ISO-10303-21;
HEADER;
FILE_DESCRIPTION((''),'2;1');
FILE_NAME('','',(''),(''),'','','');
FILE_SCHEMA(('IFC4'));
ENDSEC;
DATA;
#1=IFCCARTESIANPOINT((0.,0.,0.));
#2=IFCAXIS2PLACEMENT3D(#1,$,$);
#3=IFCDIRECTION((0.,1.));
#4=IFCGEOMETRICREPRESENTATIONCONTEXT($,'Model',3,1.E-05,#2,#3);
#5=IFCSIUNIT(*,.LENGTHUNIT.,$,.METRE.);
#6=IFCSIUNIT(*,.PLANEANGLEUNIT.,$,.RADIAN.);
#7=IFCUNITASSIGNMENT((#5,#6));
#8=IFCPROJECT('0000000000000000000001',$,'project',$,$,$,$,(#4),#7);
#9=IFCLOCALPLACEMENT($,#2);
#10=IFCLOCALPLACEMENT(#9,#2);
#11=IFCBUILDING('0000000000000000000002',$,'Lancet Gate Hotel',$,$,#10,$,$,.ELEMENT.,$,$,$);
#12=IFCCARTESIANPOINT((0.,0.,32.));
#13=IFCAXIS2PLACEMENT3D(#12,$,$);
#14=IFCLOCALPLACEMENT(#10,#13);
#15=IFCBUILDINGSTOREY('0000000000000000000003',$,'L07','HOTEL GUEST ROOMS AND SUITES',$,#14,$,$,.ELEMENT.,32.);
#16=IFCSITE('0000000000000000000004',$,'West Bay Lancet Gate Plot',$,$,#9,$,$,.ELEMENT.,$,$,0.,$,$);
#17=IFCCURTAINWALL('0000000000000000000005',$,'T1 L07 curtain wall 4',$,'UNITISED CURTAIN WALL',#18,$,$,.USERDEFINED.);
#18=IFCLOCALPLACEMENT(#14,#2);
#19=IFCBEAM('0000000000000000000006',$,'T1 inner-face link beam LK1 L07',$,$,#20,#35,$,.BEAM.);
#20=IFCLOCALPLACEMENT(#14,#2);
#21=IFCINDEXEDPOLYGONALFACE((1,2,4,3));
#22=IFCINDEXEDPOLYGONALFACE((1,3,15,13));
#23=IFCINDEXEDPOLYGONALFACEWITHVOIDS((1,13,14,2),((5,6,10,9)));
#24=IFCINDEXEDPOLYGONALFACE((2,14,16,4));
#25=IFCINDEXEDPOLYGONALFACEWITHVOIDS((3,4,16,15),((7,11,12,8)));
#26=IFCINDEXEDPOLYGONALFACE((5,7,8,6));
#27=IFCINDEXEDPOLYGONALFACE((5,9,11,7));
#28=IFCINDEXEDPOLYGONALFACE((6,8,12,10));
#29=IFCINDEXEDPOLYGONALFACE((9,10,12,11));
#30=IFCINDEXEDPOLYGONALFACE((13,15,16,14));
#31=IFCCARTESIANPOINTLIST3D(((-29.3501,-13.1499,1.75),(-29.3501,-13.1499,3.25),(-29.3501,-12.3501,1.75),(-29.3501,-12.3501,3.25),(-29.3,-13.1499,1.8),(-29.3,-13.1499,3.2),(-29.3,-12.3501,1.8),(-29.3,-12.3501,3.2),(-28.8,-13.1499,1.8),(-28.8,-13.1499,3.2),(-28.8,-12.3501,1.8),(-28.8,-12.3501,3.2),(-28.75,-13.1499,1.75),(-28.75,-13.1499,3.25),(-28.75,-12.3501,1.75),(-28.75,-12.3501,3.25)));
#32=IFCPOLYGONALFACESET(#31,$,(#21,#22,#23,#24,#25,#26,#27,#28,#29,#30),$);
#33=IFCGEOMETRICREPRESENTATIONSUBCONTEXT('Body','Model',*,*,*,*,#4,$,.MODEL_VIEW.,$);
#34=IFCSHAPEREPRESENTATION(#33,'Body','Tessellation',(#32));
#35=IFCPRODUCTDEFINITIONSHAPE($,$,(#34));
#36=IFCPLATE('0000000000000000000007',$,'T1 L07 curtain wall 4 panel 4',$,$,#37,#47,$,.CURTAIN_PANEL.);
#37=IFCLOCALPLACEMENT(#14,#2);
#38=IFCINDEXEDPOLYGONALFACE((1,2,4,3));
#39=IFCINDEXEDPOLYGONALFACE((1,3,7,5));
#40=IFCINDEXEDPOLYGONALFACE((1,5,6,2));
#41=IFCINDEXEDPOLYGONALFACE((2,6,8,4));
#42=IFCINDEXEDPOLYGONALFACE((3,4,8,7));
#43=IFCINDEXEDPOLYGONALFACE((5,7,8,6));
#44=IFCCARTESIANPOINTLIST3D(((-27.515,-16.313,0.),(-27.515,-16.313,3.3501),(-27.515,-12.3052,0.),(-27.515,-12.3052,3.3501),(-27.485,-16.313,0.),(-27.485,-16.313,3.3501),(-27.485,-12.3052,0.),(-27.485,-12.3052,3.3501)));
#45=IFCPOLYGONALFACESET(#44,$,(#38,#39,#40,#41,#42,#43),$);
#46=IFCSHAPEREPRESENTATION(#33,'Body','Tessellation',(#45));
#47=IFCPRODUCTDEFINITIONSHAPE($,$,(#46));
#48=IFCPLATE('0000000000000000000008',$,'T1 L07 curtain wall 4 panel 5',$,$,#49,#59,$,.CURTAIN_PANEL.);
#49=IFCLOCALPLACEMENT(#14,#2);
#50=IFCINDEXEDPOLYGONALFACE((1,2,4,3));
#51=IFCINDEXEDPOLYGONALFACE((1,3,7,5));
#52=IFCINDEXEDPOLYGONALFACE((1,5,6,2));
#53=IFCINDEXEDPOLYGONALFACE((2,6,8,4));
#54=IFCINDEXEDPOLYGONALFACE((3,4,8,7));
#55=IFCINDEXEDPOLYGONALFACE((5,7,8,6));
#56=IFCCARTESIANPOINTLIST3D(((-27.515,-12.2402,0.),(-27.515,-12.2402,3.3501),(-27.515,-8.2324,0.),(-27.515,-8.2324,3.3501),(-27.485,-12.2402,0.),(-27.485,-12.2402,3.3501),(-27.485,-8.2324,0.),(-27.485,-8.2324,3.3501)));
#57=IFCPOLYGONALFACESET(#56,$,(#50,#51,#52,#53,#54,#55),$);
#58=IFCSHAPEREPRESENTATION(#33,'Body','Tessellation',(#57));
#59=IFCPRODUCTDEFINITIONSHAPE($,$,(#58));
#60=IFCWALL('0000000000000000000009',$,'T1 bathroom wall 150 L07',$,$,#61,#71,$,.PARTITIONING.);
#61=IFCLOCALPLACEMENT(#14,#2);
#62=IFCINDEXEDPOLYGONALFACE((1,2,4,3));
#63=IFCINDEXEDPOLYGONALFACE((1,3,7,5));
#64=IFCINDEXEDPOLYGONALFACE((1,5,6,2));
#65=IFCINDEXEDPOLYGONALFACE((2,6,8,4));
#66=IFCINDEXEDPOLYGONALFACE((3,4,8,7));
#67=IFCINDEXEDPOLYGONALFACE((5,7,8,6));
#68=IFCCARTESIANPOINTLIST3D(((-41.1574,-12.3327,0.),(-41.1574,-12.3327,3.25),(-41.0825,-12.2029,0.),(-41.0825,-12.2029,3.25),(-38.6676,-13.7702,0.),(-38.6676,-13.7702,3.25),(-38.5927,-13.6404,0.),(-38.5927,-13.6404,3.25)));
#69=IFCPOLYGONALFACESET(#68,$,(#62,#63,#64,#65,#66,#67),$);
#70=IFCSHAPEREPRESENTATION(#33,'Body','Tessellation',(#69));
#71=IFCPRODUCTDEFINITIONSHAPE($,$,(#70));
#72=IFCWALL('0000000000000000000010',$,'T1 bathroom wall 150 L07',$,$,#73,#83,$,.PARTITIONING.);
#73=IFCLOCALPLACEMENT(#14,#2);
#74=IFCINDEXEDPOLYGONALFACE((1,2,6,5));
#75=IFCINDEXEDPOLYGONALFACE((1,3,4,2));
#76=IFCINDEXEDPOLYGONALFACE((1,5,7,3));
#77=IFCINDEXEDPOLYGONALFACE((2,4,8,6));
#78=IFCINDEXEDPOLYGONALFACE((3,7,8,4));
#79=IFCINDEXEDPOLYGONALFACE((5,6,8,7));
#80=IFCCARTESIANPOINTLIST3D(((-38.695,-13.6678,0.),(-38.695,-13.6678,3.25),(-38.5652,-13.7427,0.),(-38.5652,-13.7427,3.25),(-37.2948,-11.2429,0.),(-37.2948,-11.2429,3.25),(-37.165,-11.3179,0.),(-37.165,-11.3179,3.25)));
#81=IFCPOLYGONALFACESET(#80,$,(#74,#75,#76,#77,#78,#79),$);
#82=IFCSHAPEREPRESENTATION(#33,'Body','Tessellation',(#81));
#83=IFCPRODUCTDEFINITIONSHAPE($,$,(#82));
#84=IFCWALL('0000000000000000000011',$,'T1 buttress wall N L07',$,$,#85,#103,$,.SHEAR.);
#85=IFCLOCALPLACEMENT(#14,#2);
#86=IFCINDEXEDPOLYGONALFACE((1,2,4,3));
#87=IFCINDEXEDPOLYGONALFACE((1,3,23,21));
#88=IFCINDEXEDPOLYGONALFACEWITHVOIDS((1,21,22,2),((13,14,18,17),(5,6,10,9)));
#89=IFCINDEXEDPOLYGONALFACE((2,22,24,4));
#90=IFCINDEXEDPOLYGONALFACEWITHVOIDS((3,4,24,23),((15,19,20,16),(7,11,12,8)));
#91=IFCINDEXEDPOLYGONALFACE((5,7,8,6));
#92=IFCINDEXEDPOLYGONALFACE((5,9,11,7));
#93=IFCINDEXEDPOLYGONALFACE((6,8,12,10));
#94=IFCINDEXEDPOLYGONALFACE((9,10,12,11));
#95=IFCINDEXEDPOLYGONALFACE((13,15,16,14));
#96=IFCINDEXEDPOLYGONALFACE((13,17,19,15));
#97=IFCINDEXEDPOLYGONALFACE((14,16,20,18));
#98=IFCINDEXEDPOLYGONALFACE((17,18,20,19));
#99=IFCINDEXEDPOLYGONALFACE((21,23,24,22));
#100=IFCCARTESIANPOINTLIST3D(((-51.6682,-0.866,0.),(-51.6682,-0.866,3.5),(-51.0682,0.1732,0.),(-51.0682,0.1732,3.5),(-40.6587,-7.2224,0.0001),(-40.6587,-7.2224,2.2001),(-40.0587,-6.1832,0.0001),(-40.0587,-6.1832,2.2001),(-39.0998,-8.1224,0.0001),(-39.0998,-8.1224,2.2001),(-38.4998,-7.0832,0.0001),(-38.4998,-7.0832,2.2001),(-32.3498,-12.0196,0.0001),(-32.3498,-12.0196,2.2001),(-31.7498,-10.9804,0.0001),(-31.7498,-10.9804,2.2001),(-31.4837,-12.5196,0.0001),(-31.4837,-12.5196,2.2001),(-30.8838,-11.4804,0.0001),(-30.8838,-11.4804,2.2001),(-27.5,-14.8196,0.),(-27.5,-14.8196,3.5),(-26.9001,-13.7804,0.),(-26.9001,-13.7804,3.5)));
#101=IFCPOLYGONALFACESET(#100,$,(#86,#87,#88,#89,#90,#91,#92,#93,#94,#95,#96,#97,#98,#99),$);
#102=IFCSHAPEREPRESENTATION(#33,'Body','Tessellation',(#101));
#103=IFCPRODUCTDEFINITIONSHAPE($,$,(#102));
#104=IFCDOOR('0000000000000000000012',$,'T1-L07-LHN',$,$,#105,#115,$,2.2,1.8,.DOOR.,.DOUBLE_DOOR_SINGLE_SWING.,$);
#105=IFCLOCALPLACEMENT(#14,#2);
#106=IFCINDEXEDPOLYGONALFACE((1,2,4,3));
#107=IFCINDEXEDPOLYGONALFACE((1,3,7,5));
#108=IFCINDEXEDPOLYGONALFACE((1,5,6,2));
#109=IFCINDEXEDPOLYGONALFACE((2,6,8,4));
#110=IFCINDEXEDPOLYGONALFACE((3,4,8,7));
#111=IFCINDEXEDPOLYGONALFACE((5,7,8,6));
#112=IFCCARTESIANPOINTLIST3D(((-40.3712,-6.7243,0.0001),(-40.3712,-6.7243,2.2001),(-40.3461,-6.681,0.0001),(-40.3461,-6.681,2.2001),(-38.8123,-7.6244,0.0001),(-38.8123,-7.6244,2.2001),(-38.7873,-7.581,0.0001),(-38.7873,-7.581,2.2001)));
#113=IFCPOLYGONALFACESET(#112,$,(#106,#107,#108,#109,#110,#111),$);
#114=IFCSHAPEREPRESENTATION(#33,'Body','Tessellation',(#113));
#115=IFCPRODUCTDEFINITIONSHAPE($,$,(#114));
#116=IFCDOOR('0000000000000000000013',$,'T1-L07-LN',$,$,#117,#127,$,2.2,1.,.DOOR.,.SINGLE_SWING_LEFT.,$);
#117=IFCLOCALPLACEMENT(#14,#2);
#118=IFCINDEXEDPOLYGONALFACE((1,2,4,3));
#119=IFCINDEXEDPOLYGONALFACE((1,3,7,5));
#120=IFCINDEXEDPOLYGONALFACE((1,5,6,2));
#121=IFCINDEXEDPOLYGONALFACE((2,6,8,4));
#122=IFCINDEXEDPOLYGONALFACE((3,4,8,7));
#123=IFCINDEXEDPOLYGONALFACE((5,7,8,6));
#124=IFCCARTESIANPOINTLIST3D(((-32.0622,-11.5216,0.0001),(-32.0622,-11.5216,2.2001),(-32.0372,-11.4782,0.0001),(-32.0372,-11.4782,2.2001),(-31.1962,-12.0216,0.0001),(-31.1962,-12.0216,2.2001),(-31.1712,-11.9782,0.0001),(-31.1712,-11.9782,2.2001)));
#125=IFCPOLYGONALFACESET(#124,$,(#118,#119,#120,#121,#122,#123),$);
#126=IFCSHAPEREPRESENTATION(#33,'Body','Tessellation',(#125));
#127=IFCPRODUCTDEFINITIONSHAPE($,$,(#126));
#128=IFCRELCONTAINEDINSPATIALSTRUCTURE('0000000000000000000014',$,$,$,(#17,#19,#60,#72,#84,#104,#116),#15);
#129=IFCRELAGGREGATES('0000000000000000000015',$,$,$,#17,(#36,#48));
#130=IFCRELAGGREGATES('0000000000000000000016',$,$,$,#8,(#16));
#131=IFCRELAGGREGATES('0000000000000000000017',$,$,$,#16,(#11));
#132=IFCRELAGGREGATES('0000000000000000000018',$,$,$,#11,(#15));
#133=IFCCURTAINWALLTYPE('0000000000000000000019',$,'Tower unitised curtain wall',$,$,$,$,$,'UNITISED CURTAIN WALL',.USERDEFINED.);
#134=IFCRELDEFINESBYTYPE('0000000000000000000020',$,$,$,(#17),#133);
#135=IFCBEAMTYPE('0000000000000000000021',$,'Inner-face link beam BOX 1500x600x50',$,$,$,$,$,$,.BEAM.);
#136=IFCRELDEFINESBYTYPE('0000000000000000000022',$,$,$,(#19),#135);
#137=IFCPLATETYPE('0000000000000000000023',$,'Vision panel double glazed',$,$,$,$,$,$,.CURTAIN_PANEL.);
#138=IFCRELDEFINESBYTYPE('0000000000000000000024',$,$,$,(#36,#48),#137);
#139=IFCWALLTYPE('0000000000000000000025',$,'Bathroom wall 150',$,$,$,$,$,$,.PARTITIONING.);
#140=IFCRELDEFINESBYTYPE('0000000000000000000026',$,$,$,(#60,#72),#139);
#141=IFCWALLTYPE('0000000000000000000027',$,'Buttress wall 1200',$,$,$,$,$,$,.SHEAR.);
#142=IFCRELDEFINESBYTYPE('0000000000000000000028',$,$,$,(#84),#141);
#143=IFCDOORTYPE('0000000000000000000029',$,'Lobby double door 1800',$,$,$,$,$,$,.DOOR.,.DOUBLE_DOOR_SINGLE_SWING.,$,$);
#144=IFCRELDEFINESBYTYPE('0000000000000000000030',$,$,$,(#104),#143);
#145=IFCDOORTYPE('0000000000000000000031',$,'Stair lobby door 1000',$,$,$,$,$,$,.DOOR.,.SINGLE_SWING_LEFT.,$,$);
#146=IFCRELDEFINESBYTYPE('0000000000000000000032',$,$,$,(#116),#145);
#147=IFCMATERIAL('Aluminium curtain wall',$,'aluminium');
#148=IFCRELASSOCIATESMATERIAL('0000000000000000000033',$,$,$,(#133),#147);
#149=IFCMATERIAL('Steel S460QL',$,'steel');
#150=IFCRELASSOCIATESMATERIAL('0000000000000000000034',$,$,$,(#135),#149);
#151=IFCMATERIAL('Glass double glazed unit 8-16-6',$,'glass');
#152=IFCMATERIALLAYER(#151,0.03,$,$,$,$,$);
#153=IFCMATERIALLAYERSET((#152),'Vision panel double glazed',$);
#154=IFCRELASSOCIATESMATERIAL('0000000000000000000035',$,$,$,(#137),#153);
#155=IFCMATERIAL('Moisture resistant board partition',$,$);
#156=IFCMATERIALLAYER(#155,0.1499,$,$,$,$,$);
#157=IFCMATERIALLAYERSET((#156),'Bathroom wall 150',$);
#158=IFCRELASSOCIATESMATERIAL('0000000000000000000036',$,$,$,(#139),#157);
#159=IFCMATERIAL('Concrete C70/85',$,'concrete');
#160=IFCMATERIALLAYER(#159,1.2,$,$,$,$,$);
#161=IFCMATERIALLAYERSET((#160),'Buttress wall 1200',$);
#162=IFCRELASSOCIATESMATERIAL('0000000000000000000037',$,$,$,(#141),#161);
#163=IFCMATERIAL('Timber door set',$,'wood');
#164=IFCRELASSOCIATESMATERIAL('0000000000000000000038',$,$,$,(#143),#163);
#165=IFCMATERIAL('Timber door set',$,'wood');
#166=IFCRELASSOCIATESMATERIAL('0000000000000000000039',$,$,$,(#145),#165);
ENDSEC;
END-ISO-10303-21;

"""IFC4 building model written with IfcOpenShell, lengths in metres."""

from ifc_helpers import new_model, si_unit, direction, frame, frame_2d, origin, origin_2d, place, context, subcontext, project, spatial, rectangle, hollow_rectangle, extrude, material, layer, layer_set, material_profile, profile_set, type_object, element, fill, aggregate, save


model = new_model("IFC4")

# Units and contexts
model_context = context("Model", 3, precision=1e-05, world=origin(), true_north=direction((0.0, 1.0)))
body_context = subcontext(model_context, "Body", "Model", "MODEL_VIEW")
ifc_project = project(units=[si_unit("LENGTHUNIT", "METRE"), si_unit("PLANEANGLEUNIT", "RADIAN")], contexts=[model_context])

# Site, building, storey
site_placement = place(None, origin())
site = spatial("IfcSite", under=ifc_project, at=site_placement, Name="West Bay Lancet Gate Plot", CompositionType="ELEMENT", RefElevation=0.0)
building_placement = place(site_placement, origin())
building = spatial("IfcBuilding", under=site, at=building_placement, Name="Lancet Gate Hotel", CompositionType="ELEMENT")
storey_placement = place(building_placement, frame((0.0, 0.0, 32.0)))
storey = spatial("IfcBuildingStorey", under=building, at=storey_placement, Name="L07", Description="HOTEL GUEST ROOMS AND SUITES", CompositionType="ELEMENT", Elevation=32.0)

# Curtain wall
ifc_material_1 = material(Name="Aluminium curtain wall", Category="aluminium")
curtain_wall_type = type_object("IfcCurtainWallType", Name="Tower unitised curtain wall", ElementType="UNITISED CURTAIN WALL", PredefinedType="USERDEFINED", material=ifc_material_1)
curtain_wall_placement = place(storey_placement, origin())
curtain_wall = element("IfcCurtainWall", 1, at=curtain_wall_placement, inside=storey, type_object=curtain_wall_type, Name="T1 L07 curtain wall 4", ObjectType="UNITISED CURTAIN WALL", PredefinedType="USERDEFINED")

# Beam
ifc_material_2 = material(Name="Steel S460QL", Category="steel")
ifc_material_profile_1 = material_profile(ifc_material_2, hollow_rectangle(XDim=0.6001, YDim=1.5, WallThickness=0.05, at=origin_2d()), Name="BOX 1500x600x50")
ifc_profile_set_1 = profile_set([ifc_material_profile_1], Name="Steel S460QL")
beam_type_1 = type_object("IfcBeamType", Name="Inner-face link beam BOX 1500x600x50", PredefinedType="BEAM", material=ifc_profile_set_1)
beam_1_placement = place(storey_placement, frame((-29.05, -12.3501, 2.5), z_axis=(0.0, -1.0, 0.0), x_axis=(1.0, 0.0, 0.0)))
element("IfcBeam", 2, at=beam_1_placement, inside=storey, type_object=beam_type_1, Name="T1 inner-face link beam LK1 L07", PredefinedType="BEAM", context=body_context, shape_type="SweptSolid", body=[
    extrude(hollow_rectangle(XDim=0.6001, YDim=1.5, WallThickness=0.05, at=origin_2d()), origin(), (0.0, 0.0, 1.0), 0.7998),
])

# Plates
ifc_material_3 = material(Name="Glass double glazed unit 8-16-6", Category="glass")
ifc_layer_1 = layer(ifc_material_3, 0.03)
ifc_layer_set_1 = layer_set([ifc_layer_1], Name="Vision panel double glazed")
plate_type = type_object("IfcPlateType", Name="Vision panel double glazed", PredefinedType="CURTAIN_PANEL", material=ifc_layer_set_1)
plate_1_placement = place(storey_placement, frame((-27.5, -14.3091, 0.0), z_axis=(0.0, 0.0, 1.0), x_axis=(0.0, 1.0, 0.0)))
plate_1 = element("IfcPlate", 3, at=plate_1_placement, type_object=plate_type, Name="T1 L07 curtain wall 4 panel 4", PredefinedType="CURTAIN_PANEL", context=body_context, shape_type="SweptSolid", body=[
    extrude(rectangle(XDim=4.0078, YDim=0.03, at=origin_2d()), origin(), (0.0, 0.0, 1.0), 3.3501),
])
plate_2_placement = place(storey_placement, frame((-27.5, -10.2363, 0.0), z_axis=(0.0, 0.0, 1.0), x_axis=(0.0, 1.0, 0.0)))
plate_2 = element("IfcPlate", 4, at=plate_2_placement, type_object=plate_type, Name="T1 L07 curtain wall 4 panel 5", PredefinedType="CURTAIN_PANEL", context=body_context, shape_type="SweptSolid", body=[
    extrude(rectangle(XDim=4.0078, YDim=0.03, at=origin_2d()), origin(), (0.0, 0.0, 1.0), 3.3501),
])
aggregate(curtain_wall, [plate_1, plate_2])

# Walls
ifc_material_4 = material(Name="Moisture resistant board partition")
ifc_layer_2 = layer(ifc_material_4, 0.1499)
ifc_layer_set_2 = layer_set([ifc_layer_2], Name="Bathroom wall 150")
wall_type_1 = type_object("IfcWallType", Name="Bathroom wall 150", PredefinedType="PARTITIONING", material=ifc_layer_set_2)
wall_1_placement = place(storey_placement, frame((-38.6301, -13.7053, 0.0), z_axis=(0.0, 0.0, 1.0), x_axis=(-0.866019, 0.500012, 0.0)))
element("IfcWall", 5, at=wall_1_placement, inside=storey, type_object=wall_type_1, Name="T1 bathroom wall 150 L07", PredefinedType="PARTITIONING", context=body_context, shape_type="SweptSolid", body=[
    extrude(rectangle(XDim=2.875, YDim=0.1499, at=frame_2d((1.4375, 0.0))), origin(), (0.0, 0.0, 1.0), 3.25),
])
wall_2_placement = place(storey_placement, frame((-37.23, -11.2805, 0.0), z_axis=(0.0, 0.0, 1.0), x_axis=(-0.50005, -0.865997, 0.0)))
element("IfcWall", 6, at=wall_2_placement, inside=storey, type_object=wall_type_1, Name="T1 bathroom wall 150 L07", PredefinedType="PARTITIONING", context=body_context, shape_type="SweptSolid", body=[
    extrude(rectangle(XDim=2.8, YDim=0.1499, at=frame_2d((1.3999, 0.0))), origin(), (0.0, 0.0, 1.0), 3.25),
])

# Wall, openings, doors
ifc_material_5 = material(Name="Concrete C70/85", Category="concrete")
ifc_layer_3 = layer(ifc_material_5, 1.2)
ifc_layer_set_3 = layer_set([ifc_layer_3], Name="Buttress wall 1200")
wall_type_2 = type_object("IfcWallType", Name="Buttress wall 1200", PredefinedType="SHEAR", material=ifc_layer_set_3)
wall_3_placement = place(storey_placement, frame((-27.2, -14.3, 0.0), z_axis=(0.0, 0.0, 1.0), x_axis=(-0.866024, 0.500002, 0.0)))
wall_3 = element("IfcWall", 7, at=wall_3_placement, inside=storey, type_object=wall_type_2, Name="T1 buttress wall N L07", PredefinedType="SHEAR", context=body_context, shape_type="SweptSolid", body=[
    extrude(rectangle(XDim=27.907, YDim=1.2, at=frame_2d((13.9536, 0.0))), origin(), (0.0, 0.0, 1.0), 3.5),
])
opening_1_placement = place(wall_3_placement, frame((4.6001, 0.0, 0.0)))
opening_1 = element("IfcOpeningElement", 8, at=opening_1_placement, cuts=wall_3, PredefinedType="OPENING", context=body_context, shape_type="SweptSolid", body=[
    extrude(rectangle(XDim=1.0, YDim=2.2, at=frame_2d((0.5, 1.1001))), frame((0.0, 0.6099, 0.0), z_axis=(0.0, -1.0, 0.0), x_axis=(1.0, 0.0, 0.0)), (0.0, 0.0, 1.0), 1.22),
])
opening_2_placement = place(wall_3_placement, frame((13.3945, 0.0, 0.0)))
opening_2 = element("IfcOpeningElement", 9, at=opening_2_placement, cuts=wall_3, PredefinedType="OPENING", context=body_context, shape_type="SweptSolid", body=[
    extrude(rectangle(XDim=1.8, YDim=2.2, at=frame_2d((0.8999, 1.1001))), frame((0.0, 0.6099, 0.0), z_axis=(0.0, -1.0, 0.0), x_axis=(1.0, 0.0, 0.0)), (0.0, 0.0, 1.0), 1.22),
])
ifc_material_6 = material(Name="Timber door set", Category="wood")
door_type_1 = type_object("IfcDoorType", Name="Lobby double door 1800", OperationType="DOUBLE_DOOR_SINGLE_SWING", PredefinedType="DOOR", material=ifc_material_6)
door_1_placement = place(opening_2_placement, origin())
door_1 = element("IfcDoor", 10, at=door_1_placement, inside=storey, type_object=door_type_1, Name="T1-L07-LHN", OperationType="DOUBLE_DOOR_SINGLE_SWING", OverallHeight=2.2, OverallWidth=1.8, PredefinedType="DOOR", context=body_context, shape_type="SweptSolid", body=[
    extrude(rectangle(XDim=1.8, YDim=2.2, at=frame_2d((0.8999, 1.1001))), frame((0.0, 0.0249, 0.0), z_axis=(0.0, -1.0, 0.0), x_axis=(1.0, 0.0, 0.0)), (0.0, 0.0, 1.0), 0.05),
])
fill(opening_2, door_1)
ifc_material_7 = material(Name="Timber door set", Category="wood")
door_type_2 = type_object("IfcDoorType", Name="Stair lobby door 1000", OperationType="SINGLE_SWING_LEFT", PredefinedType="DOOR", material=ifc_material_7)
door_2_placement = place(opening_1_placement, origin())
door_2 = element("IfcDoor", 11, at=door_2_placement, inside=storey, type_object=door_type_2, Name="T1-L07-LN", OperationType="SINGLE_SWING_LEFT", OverallHeight=2.2, OverallWidth=1.0, PredefinedType="DOOR", context=body_context, shape_type="SweptSolid", body=[
    extrude(rectangle(XDim=1.0, YDim=2.2, at=frame_2d((0.5, 1.1001))), frame((0.0, 0.0249, 0.0), z_axis=(0.0, -1.0, 0.0), x_axis=(1.0, 0.0, 0.0)), (0.0, 0.0, 1.0), 0.05),
])
fill(opening_1, door_2)

save(model, "model.ifc")
